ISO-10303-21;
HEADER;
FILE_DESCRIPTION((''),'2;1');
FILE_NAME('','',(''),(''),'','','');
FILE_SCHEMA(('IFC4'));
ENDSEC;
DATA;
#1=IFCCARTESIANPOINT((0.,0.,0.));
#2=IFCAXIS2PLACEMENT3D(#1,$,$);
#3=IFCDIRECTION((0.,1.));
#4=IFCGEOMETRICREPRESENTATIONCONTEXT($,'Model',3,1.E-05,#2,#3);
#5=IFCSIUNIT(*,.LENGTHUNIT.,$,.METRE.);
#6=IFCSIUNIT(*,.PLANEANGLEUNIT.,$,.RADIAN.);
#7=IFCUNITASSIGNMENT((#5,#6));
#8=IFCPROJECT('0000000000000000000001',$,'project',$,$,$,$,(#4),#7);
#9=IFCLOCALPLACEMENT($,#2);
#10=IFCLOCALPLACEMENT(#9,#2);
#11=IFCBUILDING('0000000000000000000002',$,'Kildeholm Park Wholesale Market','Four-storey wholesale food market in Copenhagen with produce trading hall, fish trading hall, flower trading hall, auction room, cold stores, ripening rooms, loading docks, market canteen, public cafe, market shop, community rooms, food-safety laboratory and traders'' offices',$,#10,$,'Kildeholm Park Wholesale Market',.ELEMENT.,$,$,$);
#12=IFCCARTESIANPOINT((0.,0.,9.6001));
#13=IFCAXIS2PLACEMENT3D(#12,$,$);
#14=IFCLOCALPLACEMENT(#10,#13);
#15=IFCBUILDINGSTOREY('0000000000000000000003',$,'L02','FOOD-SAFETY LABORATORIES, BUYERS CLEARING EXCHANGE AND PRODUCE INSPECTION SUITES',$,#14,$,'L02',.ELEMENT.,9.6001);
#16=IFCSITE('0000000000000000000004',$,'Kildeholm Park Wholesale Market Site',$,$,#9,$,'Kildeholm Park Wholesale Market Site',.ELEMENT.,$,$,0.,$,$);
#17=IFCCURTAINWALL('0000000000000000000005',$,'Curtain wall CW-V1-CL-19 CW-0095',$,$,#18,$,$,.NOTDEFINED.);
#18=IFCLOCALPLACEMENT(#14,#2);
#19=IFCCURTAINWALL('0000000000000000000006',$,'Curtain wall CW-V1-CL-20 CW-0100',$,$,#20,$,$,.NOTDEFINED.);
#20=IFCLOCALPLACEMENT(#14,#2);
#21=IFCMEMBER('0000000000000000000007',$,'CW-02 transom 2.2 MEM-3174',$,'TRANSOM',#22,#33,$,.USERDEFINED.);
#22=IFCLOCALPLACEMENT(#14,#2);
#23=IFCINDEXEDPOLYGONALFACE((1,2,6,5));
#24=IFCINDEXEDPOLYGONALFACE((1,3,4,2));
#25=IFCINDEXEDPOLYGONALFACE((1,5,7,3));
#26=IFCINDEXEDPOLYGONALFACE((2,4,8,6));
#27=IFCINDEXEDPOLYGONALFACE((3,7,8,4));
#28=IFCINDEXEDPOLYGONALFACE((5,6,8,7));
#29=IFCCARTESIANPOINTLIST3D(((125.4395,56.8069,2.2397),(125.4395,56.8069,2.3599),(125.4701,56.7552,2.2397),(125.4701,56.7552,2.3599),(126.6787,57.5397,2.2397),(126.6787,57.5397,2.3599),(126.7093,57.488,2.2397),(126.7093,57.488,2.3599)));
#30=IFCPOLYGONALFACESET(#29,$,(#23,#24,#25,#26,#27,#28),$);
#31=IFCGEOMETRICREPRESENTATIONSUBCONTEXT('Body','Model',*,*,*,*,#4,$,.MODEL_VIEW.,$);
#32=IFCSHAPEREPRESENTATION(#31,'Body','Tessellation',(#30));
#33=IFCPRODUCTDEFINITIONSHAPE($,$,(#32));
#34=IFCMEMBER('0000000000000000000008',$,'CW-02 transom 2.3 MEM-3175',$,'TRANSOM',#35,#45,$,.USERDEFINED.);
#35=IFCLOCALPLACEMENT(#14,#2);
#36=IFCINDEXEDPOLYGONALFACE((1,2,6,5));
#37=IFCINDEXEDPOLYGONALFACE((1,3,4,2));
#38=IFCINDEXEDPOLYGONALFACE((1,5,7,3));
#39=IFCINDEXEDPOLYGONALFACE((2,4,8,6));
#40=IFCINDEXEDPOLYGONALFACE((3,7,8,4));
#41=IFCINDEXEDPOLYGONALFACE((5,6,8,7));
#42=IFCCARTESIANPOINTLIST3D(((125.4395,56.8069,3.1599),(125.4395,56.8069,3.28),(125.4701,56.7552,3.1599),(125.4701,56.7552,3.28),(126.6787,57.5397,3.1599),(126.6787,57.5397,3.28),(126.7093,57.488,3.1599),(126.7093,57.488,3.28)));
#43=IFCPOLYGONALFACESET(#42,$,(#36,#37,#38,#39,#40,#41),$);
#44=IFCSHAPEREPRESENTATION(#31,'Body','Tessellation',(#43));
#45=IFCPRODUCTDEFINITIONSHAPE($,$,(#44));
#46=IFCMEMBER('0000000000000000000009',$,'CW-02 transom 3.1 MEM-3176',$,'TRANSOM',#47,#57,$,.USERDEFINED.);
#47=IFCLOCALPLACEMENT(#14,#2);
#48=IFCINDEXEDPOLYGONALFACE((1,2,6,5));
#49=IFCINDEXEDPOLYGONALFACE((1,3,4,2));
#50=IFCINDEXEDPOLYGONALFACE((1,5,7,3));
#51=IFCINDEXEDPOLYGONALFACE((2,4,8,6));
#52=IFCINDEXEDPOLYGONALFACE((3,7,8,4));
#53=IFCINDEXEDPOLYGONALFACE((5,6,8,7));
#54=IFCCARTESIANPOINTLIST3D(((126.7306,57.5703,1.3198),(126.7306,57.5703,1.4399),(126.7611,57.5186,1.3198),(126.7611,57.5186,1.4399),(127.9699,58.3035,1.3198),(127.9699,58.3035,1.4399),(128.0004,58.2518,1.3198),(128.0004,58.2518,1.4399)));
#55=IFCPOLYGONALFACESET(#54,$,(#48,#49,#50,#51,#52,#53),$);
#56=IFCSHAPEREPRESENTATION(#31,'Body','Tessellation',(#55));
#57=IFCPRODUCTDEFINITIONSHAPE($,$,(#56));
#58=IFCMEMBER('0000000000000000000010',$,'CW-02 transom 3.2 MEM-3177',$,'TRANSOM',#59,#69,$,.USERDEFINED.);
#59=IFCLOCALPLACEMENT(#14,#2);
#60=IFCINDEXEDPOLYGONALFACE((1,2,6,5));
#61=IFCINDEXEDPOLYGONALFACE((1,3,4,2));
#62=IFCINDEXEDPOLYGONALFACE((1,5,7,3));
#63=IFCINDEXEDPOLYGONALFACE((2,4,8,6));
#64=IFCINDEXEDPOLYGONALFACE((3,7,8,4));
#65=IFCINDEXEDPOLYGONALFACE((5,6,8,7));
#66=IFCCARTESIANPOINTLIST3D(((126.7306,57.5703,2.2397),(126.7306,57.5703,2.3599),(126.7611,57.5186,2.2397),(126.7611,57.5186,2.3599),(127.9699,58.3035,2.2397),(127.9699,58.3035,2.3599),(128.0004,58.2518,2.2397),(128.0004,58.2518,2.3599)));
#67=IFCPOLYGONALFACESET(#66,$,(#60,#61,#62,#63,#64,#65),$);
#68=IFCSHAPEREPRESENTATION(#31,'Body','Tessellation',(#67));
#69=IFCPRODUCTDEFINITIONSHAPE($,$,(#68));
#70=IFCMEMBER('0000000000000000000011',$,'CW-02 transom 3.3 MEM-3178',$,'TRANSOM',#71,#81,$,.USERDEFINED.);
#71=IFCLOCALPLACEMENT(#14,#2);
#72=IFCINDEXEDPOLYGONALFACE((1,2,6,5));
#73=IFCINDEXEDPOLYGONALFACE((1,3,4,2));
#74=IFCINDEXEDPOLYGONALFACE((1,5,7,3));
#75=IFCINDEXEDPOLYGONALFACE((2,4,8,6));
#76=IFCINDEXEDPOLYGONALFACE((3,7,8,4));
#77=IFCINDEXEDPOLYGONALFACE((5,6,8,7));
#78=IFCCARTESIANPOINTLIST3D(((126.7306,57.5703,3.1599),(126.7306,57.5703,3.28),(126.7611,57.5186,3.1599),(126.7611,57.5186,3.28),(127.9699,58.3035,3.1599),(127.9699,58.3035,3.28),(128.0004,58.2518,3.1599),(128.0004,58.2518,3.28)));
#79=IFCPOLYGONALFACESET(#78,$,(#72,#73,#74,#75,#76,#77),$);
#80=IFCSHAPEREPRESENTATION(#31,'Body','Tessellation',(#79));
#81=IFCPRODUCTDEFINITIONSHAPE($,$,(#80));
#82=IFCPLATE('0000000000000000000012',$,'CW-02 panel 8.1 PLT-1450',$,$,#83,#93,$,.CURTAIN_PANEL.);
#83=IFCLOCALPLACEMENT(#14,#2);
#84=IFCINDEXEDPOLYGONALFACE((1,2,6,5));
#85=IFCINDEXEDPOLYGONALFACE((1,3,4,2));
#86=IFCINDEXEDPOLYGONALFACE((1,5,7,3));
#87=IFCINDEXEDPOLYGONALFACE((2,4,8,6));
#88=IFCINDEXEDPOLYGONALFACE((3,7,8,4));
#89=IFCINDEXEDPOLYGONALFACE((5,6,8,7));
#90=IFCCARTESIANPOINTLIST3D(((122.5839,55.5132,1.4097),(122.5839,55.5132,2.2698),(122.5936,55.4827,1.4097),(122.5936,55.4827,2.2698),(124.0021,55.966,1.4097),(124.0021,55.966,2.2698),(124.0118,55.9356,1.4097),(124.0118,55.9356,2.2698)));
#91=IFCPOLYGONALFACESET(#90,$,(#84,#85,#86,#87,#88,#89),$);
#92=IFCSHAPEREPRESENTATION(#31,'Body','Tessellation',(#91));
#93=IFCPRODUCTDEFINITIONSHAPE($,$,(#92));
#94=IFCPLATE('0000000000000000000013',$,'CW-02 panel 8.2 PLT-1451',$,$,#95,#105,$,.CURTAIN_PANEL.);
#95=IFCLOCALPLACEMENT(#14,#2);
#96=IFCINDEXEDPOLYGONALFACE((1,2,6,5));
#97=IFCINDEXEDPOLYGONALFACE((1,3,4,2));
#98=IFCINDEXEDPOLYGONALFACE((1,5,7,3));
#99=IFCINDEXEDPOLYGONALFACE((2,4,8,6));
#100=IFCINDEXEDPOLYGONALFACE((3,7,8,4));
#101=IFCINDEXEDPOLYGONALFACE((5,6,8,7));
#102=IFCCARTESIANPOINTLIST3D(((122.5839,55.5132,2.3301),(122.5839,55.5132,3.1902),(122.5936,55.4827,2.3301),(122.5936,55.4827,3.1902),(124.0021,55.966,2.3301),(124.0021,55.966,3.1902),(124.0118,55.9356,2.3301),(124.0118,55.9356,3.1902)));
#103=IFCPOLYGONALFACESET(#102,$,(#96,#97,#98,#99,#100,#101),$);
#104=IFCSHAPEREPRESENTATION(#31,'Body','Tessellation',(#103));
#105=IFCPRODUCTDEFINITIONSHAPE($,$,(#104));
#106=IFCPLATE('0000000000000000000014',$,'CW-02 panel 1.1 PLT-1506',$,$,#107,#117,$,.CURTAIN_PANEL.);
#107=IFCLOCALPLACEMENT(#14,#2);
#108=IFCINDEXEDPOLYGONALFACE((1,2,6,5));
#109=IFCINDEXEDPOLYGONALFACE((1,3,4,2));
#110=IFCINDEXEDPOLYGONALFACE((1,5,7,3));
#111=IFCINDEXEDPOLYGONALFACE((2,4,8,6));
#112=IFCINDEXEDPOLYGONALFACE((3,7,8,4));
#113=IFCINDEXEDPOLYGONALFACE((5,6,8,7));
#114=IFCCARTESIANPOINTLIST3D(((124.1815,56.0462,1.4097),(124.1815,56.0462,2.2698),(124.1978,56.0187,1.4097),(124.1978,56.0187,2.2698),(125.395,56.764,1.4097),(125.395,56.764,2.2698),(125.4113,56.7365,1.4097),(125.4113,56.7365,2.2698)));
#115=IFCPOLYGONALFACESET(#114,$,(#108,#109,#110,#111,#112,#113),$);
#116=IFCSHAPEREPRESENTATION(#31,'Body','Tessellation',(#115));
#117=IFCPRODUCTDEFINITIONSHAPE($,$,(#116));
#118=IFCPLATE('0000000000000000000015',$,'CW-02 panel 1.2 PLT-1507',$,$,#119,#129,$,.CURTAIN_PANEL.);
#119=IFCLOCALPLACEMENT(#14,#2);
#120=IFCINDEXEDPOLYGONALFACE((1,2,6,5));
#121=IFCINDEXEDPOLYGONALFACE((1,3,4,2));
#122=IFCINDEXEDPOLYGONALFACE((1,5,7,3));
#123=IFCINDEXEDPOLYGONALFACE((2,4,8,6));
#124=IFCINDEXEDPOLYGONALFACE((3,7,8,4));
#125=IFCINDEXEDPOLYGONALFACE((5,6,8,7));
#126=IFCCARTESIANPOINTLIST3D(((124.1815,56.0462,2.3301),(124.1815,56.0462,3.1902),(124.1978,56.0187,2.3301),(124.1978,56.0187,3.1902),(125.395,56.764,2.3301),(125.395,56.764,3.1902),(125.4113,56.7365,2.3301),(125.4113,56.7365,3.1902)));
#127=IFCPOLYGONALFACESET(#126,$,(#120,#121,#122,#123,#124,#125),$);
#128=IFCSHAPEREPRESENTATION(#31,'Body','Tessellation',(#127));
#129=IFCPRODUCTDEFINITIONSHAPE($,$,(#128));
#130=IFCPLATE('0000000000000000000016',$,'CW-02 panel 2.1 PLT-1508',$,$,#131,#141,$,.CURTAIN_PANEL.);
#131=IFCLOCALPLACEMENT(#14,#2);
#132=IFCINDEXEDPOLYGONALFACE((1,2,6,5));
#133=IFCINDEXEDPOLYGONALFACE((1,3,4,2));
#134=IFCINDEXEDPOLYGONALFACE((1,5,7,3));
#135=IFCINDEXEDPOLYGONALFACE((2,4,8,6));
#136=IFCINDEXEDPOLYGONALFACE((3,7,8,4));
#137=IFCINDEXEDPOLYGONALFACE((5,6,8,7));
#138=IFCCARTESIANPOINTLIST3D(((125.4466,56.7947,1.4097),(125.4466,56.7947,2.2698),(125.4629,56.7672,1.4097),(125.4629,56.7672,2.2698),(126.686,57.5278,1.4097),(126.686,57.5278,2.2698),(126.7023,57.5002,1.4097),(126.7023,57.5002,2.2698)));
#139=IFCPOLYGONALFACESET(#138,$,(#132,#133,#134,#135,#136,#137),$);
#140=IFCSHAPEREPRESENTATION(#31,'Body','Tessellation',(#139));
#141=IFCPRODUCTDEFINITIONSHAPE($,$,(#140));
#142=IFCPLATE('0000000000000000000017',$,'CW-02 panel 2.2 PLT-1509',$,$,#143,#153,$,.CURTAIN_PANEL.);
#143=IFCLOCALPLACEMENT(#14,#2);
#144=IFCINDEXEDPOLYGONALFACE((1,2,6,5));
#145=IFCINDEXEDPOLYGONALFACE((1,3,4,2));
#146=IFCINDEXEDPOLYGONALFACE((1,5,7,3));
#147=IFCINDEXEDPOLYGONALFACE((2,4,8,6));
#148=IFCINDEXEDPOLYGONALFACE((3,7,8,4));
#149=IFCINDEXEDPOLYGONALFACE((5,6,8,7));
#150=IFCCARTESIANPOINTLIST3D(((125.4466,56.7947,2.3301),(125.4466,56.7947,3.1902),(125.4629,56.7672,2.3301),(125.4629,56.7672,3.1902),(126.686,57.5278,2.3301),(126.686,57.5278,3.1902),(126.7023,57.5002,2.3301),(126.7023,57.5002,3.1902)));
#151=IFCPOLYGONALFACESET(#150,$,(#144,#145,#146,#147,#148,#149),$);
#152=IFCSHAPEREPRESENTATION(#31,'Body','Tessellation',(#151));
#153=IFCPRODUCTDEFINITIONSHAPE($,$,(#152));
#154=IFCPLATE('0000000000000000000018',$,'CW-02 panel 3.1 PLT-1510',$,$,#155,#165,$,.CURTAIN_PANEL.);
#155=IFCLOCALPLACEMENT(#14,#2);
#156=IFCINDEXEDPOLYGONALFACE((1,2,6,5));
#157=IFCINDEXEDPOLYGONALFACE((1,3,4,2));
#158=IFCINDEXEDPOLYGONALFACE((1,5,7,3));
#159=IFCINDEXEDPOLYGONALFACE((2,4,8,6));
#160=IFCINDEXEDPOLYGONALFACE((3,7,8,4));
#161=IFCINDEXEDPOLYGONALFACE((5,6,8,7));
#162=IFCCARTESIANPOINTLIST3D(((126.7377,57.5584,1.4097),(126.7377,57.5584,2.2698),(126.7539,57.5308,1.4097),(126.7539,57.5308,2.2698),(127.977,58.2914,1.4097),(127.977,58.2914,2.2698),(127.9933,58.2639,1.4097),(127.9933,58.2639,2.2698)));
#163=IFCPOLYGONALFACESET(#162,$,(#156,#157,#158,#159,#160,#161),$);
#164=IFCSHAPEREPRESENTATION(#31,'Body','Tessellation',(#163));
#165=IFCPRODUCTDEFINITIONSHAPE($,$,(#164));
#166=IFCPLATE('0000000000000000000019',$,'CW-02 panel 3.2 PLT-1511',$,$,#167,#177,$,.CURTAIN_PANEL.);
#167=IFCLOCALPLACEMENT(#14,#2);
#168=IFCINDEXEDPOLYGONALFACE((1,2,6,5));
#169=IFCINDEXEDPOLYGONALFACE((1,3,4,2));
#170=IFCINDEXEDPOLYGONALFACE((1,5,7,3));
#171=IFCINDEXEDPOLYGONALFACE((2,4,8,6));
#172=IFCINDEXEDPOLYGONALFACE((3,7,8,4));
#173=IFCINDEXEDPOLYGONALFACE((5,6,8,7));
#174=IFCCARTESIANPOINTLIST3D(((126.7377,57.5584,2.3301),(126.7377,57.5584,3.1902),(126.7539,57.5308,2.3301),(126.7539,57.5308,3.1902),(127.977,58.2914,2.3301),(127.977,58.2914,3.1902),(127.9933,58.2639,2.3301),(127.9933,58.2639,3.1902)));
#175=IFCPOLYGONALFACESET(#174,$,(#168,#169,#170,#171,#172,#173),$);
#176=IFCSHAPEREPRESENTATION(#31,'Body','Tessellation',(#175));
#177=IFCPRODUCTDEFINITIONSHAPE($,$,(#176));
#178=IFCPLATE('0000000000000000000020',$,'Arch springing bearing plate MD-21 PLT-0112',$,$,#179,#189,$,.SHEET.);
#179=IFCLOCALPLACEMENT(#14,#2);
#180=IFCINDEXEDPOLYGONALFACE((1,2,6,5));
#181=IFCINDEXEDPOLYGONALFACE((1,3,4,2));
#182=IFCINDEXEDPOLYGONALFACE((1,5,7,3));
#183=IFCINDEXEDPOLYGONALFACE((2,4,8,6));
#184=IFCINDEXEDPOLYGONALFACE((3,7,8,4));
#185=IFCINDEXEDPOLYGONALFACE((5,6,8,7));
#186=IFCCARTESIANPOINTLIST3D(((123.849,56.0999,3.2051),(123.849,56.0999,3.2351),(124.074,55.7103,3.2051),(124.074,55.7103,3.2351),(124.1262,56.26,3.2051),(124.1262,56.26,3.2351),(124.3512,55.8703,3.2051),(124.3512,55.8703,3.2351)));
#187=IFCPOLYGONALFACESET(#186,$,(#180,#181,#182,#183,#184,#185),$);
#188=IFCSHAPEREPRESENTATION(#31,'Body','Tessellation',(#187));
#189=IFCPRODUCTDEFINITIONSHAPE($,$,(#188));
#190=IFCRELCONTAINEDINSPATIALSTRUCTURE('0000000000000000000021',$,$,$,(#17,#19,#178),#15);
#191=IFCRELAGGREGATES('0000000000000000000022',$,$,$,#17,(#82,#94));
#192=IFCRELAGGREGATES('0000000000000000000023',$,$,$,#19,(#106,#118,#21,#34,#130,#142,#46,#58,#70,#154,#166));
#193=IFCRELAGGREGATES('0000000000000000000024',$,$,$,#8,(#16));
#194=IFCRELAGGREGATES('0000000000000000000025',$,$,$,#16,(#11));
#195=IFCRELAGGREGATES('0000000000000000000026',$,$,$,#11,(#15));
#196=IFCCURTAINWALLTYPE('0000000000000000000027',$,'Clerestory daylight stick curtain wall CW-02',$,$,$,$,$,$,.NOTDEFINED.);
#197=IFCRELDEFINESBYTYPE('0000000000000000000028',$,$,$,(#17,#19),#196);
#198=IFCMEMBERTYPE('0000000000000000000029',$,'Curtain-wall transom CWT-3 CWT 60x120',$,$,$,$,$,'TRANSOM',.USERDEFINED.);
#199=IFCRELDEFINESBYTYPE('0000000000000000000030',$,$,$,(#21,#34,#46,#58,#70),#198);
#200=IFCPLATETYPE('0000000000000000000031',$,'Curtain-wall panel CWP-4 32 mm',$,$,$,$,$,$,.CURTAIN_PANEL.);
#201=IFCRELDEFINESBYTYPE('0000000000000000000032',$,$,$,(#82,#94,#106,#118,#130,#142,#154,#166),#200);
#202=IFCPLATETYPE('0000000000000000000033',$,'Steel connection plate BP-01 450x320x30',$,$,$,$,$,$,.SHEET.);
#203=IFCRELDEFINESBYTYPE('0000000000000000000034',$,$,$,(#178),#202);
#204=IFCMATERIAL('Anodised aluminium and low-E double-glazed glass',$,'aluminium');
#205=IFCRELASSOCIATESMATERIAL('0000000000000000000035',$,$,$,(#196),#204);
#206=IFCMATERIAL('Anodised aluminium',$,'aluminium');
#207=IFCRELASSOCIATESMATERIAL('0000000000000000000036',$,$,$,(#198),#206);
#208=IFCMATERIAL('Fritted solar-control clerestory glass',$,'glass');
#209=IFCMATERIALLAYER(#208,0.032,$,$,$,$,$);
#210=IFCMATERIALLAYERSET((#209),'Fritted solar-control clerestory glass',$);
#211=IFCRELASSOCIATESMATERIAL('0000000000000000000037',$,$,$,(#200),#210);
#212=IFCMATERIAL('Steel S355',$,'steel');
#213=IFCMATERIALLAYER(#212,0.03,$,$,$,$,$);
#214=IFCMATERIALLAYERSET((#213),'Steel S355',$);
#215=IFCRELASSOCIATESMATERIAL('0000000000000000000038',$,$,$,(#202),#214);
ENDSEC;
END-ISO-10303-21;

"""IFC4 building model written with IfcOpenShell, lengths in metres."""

from ifc_helpers import new_model, si_unit, direction, frame, origin, origin_2d, place, context, subcontext, project, spatial, rectangle, extrude, material, layer, layer_set, material_profile, profile_set, type_object, element, aggregate, save


model = new_model("IFC4")

# Units and contexts
model_context = context("Model", 3, precision=1e-05, world=origin(), true_north=direction((0.0, 1.0)))
body_context = subcontext(model_context, "Body", "Model", "MODEL_VIEW")
ifc_project = project(units=[si_unit("LENGTHUNIT", "METRE"), si_unit("PLANEANGLEUNIT", "RADIAN")], contexts=[model_context])

# Site, building, storey
site_placement = place(None, origin())
site = spatial("IfcSite", under=ifc_project, at=site_placement, Name="Kildeholm Park Wholesale Market Site", LongName="Kildeholm Park Wholesale Market Site", CompositionType="ELEMENT", RefElevation=0.0)
building_placement = place(site_placement, origin())
building = spatial("IfcBuilding", under=site, at=building_placement, Name="Kildeholm Park Wholesale Market", Description="Four-storey wholesale food market in Copenhagen with produce trading hall, fish trading hall, flower trading hall, auction room, cold stores, ripening rooms, loading docks, market canteen, public cafe, market shop, community rooms, food-safety laboratory and traders' offices", LongName="Kildeholm Park Wholesale Market", CompositionType="ELEMENT")
storey_placement = place(building_placement, frame((0.0, 0.0, 9.6001)))
storey = spatial("IfcBuildingStorey", under=building, at=storey_placement, Name="L02", Description="FOOD-SAFETY LABORATORIES, BUYERS CLEARING EXCHANGE AND PRODUCE INSPECTION SUITES", LongName="L02", CompositionType="ELEMENT", Elevation=9.6001)

# Shared definitions
ifc_material_1 = material(Name="Steel S355", Category="steel")

# Curtain wall
ifc_material_2 = material(Name="Anodised aluminium and low-E double-glazed glass", Category="aluminium")
curtain_wall_type = type_object("IfcCurtainWallType", Name="Clerestory daylight stick curtain wall CW-02", PredefinedType="NOTDEFINED", material=ifc_material_2)
curtain_wall_1_placement = place(storey_placement, origin())
curtain_wall_1 = element("IfcCurtainWall", 1, at=curtain_wall_1_placement, inside=storey, type_object=curtain_wall_type, Name="Curtain wall CW-V1-CL-19 CW-0095", PredefinedType="NOTDEFINED")
ifc_material_3 = material(Name="Anodised aluminium", Category="aluminium")

# Curtain wall
curtain_wall_2_placement = place(storey_placement, origin())
curtain_wall_2 = element("IfcCurtainWall", 2, at=curtain_wall_2_placement, inside=storey, type_object=curtain_wall_type, Name="Curtain wall CW-V1-CL-20 CW-0100", PredefinedType="NOTDEFINED")

# Members
ifc_material_profile_1 = material_profile(ifc_material_3, rectangle(XDim=0.0601, YDim=0.1201, at=origin_2d()), Name="CWT 60x120")
ifc_profile_set_1 = profile_set([ifc_material_profile_1], Name="Anodised aluminium")
member_type_1 = type_object("IfcMemberType", Name="Curtain-wall transom CWT-3 CWT 60x120", ElementType="TRANSOM", PredefinedType="USERDEFINED", material=ifc_profile_set_1)
member_1_placement = place(storey_placement, frame((125.4548, 56.781, 2.2998), z_axis=(0.860737, 0.509049, 0.0), x_axis=(-0.509049, 0.860737, 0.0)))
member_1 = element("IfcMember", 3, at=member_1_placement, type_object=member_type_1, Name="CW-02 transom 2.2 MEM-3174", ObjectType="TRANSOM", PredefinedType="USERDEFINED", context=body_context, shape_type="SweptSolid", body=[
    extrude(rectangle(XDim=0.0601, YDim=0.1201, at=origin_2d()), origin(), (0.0, 0.0, 1.0), 1.4397),
])
member_2_placement = place(storey_placement, frame((125.4548, 56.781, 3.22), z_axis=(0.860737, 0.509049, 0.0), x_axis=(-0.509049, 0.860737, 0.0)))
member_2 = element("IfcMember", 4, at=member_2_placement, type_object=member_type_1, Name="CW-02 transom 2.3 MEM-3175", ObjectType="TRANSOM", PredefinedType="USERDEFINED", context=body_context, shape_type="SweptSolid", body=[
    extrude(rectangle(XDim=0.0601, YDim=0.1201, at=origin_2d()), origin(), (0.0, 0.0, 1.0), 1.4397),
])
member_3_placement = place(storey_placement, frame((126.7458, 57.5444, 1.3799), z_axis=(0.860663, 0.509175, 0.0), x_axis=(-0.509175, 0.860663, 0.0)))
member_3 = element("IfcMember", 5, at=member_3_placement, type_object=member_type_1, Name="CW-02 transom 3.1 MEM-3176", ObjectType="TRANSOM", PredefinedType="USERDEFINED", context=body_context, shape_type="SweptSolid", body=[
    extrude(rectangle(XDim=0.0601, YDim=0.1201, at=origin_2d()), origin(), (0.0, 0.0, 1.0), 1.4399),
])
member_4_placement = place(storey_placement, frame((126.7458, 57.5444, 2.2998), z_axis=(0.860663, 0.509175, 0.0), x_axis=(-0.509175, 0.860663, 0.0)))
member_4 = element("IfcMember", 6, at=member_4_placement, type_object=member_type_1, Name="CW-02 transom 3.2 MEM-3177", ObjectType="TRANSOM", PredefinedType="USERDEFINED", context=body_context, shape_type="SweptSolid", body=[
    extrude(rectangle(XDim=0.0601, YDim=0.1201, at=origin_2d()), origin(), (0.0, 0.0, 1.0), 1.4399),
])
member_5_placement = place(storey_placement, frame((126.7458, 57.5444, 3.22), z_axis=(0.860663, 0.509175, 0.0), x_axis=(-0.509175, 0.860663, 0.0)))
member_5 = element("IfcMember", 7, at=member_5_placement, type_object=member_type_1, Name="CW-02 transom 3.3 MEM-3178", ObjectType="TRANSOM", PredefinedType="USERDEFINED", context=body_context, shape_type="SweptSolid", body=[
    extrude(rectangle(XDim=0.0601, YDim=0.1201, at=origin_2d()), origin(), (0.0, 0.0, 1.0), 1.4399),
])

# Plates
ifc_material_4 = material(Name="Fritted solar-control clerestory glass", Category="glass")
ifc_layer_1 = layer(ifc_material_4, 0.032)
ifc_layer_set_1 = layer_set([ifc_layer_1], Name="Fritted solar-control clerestory glass")
plate_type_1 = type_object("IfcPlateType", Name="Curtain-wall panel CWP-4 32 mm", PredefinedType="CURTAIN_PANEL", material=ifc_layer_set_1)
plate_1_placement = place(storey_placement, frame((123.2979, 55.7244, 1.4097), z_axis=(0.0, 0.0, 1.0), x_axis=(0.952606, 0.304207, 0.0)))
plate_1 = element("IfcPlate", 8, at=plate_1_placement, type_object=plate_type_1, Name="CW-02 panel 8.1 PLT-1450", PredefinedType="CURTAIN_PANEL", context=body_context, shape_type="SweptSolid", body=[
    extrude(rectangle(XDim=1.4888, YDim=0.032, at=origin_2d()), origin(), (0.0, 0.0, 1.0), 0.8601),
])
plate_2_placement = place(storey_placement, frame((123.2979, 55.7244, 2.3301), z_axis=(0.0, 0.0, 1.0), x_axis=(0.952606, 0.304207, 0.0)))
plate_2 = element("IfcPlate", 9, at=plate_2_placement, type_object=plate_type_1, Name="CW-02 panel 8.2 PLT-1451", PredefinedType="CURTAIN_PANEL", context=body_context, shape_type="SweptSolid", body=[
    extrude(rectangle(XDim=1.4888, YDim=0.032, at=origin_2d()), origin(), (0.0, 0.0, 1.0), 0.8601),
])
aggregate(curtain_wall_1, [plate_1, plate_2])
plate_3_placement = place(storey_placement, frame((124.7964, 56.3914, 1.4097), z_axis=(0.0, 0.0, 1.0), x_axis=(0.860704, 0.509105, 0.0)))
plate_3 = element("IfcPlate", 10, at=plate_3_placement, type_object=plate_type_1, Name="CW-02 panel 1.1 PLT-1506", PredefinedType="CURTAIN_PANEL", context=body_context, shape_type="SweptSolid", body=[
    extrude(rectangle(XDim=1.4099, YDim=0.032, at=origin_2d()), origin(), (0.0, 0.0, 1.0), 0.8601),
])
plate_4_placement = place(storey_placement, frame((124.7964, 56.3914, 2.3301), z_axis=(0.0, 0.0, 1.0), x_axis=(0.860704, 0.509105, 0.0)))
plate_4 = element("IfcPlate", 11, at=plate_4_placement, type_object=plate_type_1, Name="CW-02 panel 1.2 PLT-1507", PredefinedType="CURTAIN_PANEL", context=body_context, shape_type="SweptSolid", body=[
    extrude(rectangle(XDim=1.4099, YDim=0.032, at=origin_2d()), origin(), (0.0, 0.0, 1.0), 0.8601),
])
plate_5_placement = place(storey_placement, frame((126.0745, 57.1475, 1.4097), z_axis=(0.0, 0.0, 1.0), x_axis=(0.860704, 0.509105, 0.0)))
plate_5 = element("IfcPlate", 12, at=plate_5_placement, type_object=plate_type_1, Name="CW-02 panel 2.1 PLT-1508", PredefinedType="CURTAIN_PANEL", context=body_context, shape_type="SweptSolid", body=[
    extrude(rectangle(XDim=1.4399, YDim=0.032, at=origin_2d()), origin(), (0.0, 0.0, 1.0), 0.8601),
])
plate_6_placement = place(storey_placement, frame((126.0745, 57.1475, 2.3301), z_axis=(0.0, 0.0, 1.0), x_axis=(0.860704, 0.509105, 0.0)))
plate_6 = element("IfcPlate", 13, at=plate_6_placement, type_object=plate_type_1, Name="CW-02 panel 2.2 PLT-1509", PredefinedType="CURTAIN_PANEL", context=body_context, shape_type="SweptSolid", body=[
    extrude(rectangle(XDim=1.4399, YDim=0.032, at=origin_2d()), origin(), (0.0, 0.0, 1.0), 0.8601),
])
plate_7_placement = place(storey_placement, frame((127.3655, 57.9111, 1.4097), z_axis=(0.0, 0.0, 1.0), x_axis=(0.860704, 0.509105, 0.0)))
plate_7 = element("IfcPlate", 14, at=plate_7_placement, type_object=plate_type_1, Name="CW-02 panel 3.1 PLT-1510", PredefinedType="CURTAIN_PANEL", context=body_context, shape_type="SweptSolid", body=[
    extrude(rectangle(XDim=1.4399, YDim=0.032, at=origin_2d()), origin(), (0.0, 0.0, 1.0), 0.8601),
])
plate_8_placement = place(storey_placement, frame((127.3655, 57.9111, 2.3301), z_axis=(0.0, 0.0, 1.0), x_axis=(0.860704, 0.509105, 0.0)))
plate_8 = element("IfcPlate", 15, at=plate_8_placement, type_object=plate_type_1, Name="CW-02 panel 3.2 PLT-1511", PredefinedType="CURTAIN_PANEL", context=body_context, shape_type="SweptSolid", body=[
    extrude(rectangle(XDim=1.4399, YDim=0.032, at=origin_2d()), origin(), (0.0, 0.0, 1.0), 0.8601),
])
aggregate(curtain_wall_2, [plate_3, plate_4, member_1, member_2, plate_5, plate_6, member_3, member_4, member_5, plate_7, plate_8])
ifc_layer_2 = layer(ifc_material_1, 0.03)
ifc_layer_set_2 = layer_set([ifc_layer_2], Name="Steel S355")
plate_type_2 = type_object("IfcPlateType", Name="Steel connection plate BP-01 450x320x30", PredefinedType="SHEET", material=ifc_layer_set_2)
plate_9_placement = place(storey_placement, frame((124.1001, 55.9851, 3.2051), z_axis=(0.0, 0.0, 1.0), x_axis=(0.5, -0.866025, 0.0)))
element("IfcPlate", 16, at=plate_9_placement, inside=storey, type_object=plate_type_2, Name="Arch springing bearing plate MD-21 PLT-0112", PredefinedType="SHEET", context=body_context, shape_type="SweptSolid", body=[
    extrude(rectangle(XDim=0.45, YDim=0.3201, at=origin_2d()), origin(), (0.0, 0.0, 1.0), 0.03),
])

save(model, "model.ifc")
